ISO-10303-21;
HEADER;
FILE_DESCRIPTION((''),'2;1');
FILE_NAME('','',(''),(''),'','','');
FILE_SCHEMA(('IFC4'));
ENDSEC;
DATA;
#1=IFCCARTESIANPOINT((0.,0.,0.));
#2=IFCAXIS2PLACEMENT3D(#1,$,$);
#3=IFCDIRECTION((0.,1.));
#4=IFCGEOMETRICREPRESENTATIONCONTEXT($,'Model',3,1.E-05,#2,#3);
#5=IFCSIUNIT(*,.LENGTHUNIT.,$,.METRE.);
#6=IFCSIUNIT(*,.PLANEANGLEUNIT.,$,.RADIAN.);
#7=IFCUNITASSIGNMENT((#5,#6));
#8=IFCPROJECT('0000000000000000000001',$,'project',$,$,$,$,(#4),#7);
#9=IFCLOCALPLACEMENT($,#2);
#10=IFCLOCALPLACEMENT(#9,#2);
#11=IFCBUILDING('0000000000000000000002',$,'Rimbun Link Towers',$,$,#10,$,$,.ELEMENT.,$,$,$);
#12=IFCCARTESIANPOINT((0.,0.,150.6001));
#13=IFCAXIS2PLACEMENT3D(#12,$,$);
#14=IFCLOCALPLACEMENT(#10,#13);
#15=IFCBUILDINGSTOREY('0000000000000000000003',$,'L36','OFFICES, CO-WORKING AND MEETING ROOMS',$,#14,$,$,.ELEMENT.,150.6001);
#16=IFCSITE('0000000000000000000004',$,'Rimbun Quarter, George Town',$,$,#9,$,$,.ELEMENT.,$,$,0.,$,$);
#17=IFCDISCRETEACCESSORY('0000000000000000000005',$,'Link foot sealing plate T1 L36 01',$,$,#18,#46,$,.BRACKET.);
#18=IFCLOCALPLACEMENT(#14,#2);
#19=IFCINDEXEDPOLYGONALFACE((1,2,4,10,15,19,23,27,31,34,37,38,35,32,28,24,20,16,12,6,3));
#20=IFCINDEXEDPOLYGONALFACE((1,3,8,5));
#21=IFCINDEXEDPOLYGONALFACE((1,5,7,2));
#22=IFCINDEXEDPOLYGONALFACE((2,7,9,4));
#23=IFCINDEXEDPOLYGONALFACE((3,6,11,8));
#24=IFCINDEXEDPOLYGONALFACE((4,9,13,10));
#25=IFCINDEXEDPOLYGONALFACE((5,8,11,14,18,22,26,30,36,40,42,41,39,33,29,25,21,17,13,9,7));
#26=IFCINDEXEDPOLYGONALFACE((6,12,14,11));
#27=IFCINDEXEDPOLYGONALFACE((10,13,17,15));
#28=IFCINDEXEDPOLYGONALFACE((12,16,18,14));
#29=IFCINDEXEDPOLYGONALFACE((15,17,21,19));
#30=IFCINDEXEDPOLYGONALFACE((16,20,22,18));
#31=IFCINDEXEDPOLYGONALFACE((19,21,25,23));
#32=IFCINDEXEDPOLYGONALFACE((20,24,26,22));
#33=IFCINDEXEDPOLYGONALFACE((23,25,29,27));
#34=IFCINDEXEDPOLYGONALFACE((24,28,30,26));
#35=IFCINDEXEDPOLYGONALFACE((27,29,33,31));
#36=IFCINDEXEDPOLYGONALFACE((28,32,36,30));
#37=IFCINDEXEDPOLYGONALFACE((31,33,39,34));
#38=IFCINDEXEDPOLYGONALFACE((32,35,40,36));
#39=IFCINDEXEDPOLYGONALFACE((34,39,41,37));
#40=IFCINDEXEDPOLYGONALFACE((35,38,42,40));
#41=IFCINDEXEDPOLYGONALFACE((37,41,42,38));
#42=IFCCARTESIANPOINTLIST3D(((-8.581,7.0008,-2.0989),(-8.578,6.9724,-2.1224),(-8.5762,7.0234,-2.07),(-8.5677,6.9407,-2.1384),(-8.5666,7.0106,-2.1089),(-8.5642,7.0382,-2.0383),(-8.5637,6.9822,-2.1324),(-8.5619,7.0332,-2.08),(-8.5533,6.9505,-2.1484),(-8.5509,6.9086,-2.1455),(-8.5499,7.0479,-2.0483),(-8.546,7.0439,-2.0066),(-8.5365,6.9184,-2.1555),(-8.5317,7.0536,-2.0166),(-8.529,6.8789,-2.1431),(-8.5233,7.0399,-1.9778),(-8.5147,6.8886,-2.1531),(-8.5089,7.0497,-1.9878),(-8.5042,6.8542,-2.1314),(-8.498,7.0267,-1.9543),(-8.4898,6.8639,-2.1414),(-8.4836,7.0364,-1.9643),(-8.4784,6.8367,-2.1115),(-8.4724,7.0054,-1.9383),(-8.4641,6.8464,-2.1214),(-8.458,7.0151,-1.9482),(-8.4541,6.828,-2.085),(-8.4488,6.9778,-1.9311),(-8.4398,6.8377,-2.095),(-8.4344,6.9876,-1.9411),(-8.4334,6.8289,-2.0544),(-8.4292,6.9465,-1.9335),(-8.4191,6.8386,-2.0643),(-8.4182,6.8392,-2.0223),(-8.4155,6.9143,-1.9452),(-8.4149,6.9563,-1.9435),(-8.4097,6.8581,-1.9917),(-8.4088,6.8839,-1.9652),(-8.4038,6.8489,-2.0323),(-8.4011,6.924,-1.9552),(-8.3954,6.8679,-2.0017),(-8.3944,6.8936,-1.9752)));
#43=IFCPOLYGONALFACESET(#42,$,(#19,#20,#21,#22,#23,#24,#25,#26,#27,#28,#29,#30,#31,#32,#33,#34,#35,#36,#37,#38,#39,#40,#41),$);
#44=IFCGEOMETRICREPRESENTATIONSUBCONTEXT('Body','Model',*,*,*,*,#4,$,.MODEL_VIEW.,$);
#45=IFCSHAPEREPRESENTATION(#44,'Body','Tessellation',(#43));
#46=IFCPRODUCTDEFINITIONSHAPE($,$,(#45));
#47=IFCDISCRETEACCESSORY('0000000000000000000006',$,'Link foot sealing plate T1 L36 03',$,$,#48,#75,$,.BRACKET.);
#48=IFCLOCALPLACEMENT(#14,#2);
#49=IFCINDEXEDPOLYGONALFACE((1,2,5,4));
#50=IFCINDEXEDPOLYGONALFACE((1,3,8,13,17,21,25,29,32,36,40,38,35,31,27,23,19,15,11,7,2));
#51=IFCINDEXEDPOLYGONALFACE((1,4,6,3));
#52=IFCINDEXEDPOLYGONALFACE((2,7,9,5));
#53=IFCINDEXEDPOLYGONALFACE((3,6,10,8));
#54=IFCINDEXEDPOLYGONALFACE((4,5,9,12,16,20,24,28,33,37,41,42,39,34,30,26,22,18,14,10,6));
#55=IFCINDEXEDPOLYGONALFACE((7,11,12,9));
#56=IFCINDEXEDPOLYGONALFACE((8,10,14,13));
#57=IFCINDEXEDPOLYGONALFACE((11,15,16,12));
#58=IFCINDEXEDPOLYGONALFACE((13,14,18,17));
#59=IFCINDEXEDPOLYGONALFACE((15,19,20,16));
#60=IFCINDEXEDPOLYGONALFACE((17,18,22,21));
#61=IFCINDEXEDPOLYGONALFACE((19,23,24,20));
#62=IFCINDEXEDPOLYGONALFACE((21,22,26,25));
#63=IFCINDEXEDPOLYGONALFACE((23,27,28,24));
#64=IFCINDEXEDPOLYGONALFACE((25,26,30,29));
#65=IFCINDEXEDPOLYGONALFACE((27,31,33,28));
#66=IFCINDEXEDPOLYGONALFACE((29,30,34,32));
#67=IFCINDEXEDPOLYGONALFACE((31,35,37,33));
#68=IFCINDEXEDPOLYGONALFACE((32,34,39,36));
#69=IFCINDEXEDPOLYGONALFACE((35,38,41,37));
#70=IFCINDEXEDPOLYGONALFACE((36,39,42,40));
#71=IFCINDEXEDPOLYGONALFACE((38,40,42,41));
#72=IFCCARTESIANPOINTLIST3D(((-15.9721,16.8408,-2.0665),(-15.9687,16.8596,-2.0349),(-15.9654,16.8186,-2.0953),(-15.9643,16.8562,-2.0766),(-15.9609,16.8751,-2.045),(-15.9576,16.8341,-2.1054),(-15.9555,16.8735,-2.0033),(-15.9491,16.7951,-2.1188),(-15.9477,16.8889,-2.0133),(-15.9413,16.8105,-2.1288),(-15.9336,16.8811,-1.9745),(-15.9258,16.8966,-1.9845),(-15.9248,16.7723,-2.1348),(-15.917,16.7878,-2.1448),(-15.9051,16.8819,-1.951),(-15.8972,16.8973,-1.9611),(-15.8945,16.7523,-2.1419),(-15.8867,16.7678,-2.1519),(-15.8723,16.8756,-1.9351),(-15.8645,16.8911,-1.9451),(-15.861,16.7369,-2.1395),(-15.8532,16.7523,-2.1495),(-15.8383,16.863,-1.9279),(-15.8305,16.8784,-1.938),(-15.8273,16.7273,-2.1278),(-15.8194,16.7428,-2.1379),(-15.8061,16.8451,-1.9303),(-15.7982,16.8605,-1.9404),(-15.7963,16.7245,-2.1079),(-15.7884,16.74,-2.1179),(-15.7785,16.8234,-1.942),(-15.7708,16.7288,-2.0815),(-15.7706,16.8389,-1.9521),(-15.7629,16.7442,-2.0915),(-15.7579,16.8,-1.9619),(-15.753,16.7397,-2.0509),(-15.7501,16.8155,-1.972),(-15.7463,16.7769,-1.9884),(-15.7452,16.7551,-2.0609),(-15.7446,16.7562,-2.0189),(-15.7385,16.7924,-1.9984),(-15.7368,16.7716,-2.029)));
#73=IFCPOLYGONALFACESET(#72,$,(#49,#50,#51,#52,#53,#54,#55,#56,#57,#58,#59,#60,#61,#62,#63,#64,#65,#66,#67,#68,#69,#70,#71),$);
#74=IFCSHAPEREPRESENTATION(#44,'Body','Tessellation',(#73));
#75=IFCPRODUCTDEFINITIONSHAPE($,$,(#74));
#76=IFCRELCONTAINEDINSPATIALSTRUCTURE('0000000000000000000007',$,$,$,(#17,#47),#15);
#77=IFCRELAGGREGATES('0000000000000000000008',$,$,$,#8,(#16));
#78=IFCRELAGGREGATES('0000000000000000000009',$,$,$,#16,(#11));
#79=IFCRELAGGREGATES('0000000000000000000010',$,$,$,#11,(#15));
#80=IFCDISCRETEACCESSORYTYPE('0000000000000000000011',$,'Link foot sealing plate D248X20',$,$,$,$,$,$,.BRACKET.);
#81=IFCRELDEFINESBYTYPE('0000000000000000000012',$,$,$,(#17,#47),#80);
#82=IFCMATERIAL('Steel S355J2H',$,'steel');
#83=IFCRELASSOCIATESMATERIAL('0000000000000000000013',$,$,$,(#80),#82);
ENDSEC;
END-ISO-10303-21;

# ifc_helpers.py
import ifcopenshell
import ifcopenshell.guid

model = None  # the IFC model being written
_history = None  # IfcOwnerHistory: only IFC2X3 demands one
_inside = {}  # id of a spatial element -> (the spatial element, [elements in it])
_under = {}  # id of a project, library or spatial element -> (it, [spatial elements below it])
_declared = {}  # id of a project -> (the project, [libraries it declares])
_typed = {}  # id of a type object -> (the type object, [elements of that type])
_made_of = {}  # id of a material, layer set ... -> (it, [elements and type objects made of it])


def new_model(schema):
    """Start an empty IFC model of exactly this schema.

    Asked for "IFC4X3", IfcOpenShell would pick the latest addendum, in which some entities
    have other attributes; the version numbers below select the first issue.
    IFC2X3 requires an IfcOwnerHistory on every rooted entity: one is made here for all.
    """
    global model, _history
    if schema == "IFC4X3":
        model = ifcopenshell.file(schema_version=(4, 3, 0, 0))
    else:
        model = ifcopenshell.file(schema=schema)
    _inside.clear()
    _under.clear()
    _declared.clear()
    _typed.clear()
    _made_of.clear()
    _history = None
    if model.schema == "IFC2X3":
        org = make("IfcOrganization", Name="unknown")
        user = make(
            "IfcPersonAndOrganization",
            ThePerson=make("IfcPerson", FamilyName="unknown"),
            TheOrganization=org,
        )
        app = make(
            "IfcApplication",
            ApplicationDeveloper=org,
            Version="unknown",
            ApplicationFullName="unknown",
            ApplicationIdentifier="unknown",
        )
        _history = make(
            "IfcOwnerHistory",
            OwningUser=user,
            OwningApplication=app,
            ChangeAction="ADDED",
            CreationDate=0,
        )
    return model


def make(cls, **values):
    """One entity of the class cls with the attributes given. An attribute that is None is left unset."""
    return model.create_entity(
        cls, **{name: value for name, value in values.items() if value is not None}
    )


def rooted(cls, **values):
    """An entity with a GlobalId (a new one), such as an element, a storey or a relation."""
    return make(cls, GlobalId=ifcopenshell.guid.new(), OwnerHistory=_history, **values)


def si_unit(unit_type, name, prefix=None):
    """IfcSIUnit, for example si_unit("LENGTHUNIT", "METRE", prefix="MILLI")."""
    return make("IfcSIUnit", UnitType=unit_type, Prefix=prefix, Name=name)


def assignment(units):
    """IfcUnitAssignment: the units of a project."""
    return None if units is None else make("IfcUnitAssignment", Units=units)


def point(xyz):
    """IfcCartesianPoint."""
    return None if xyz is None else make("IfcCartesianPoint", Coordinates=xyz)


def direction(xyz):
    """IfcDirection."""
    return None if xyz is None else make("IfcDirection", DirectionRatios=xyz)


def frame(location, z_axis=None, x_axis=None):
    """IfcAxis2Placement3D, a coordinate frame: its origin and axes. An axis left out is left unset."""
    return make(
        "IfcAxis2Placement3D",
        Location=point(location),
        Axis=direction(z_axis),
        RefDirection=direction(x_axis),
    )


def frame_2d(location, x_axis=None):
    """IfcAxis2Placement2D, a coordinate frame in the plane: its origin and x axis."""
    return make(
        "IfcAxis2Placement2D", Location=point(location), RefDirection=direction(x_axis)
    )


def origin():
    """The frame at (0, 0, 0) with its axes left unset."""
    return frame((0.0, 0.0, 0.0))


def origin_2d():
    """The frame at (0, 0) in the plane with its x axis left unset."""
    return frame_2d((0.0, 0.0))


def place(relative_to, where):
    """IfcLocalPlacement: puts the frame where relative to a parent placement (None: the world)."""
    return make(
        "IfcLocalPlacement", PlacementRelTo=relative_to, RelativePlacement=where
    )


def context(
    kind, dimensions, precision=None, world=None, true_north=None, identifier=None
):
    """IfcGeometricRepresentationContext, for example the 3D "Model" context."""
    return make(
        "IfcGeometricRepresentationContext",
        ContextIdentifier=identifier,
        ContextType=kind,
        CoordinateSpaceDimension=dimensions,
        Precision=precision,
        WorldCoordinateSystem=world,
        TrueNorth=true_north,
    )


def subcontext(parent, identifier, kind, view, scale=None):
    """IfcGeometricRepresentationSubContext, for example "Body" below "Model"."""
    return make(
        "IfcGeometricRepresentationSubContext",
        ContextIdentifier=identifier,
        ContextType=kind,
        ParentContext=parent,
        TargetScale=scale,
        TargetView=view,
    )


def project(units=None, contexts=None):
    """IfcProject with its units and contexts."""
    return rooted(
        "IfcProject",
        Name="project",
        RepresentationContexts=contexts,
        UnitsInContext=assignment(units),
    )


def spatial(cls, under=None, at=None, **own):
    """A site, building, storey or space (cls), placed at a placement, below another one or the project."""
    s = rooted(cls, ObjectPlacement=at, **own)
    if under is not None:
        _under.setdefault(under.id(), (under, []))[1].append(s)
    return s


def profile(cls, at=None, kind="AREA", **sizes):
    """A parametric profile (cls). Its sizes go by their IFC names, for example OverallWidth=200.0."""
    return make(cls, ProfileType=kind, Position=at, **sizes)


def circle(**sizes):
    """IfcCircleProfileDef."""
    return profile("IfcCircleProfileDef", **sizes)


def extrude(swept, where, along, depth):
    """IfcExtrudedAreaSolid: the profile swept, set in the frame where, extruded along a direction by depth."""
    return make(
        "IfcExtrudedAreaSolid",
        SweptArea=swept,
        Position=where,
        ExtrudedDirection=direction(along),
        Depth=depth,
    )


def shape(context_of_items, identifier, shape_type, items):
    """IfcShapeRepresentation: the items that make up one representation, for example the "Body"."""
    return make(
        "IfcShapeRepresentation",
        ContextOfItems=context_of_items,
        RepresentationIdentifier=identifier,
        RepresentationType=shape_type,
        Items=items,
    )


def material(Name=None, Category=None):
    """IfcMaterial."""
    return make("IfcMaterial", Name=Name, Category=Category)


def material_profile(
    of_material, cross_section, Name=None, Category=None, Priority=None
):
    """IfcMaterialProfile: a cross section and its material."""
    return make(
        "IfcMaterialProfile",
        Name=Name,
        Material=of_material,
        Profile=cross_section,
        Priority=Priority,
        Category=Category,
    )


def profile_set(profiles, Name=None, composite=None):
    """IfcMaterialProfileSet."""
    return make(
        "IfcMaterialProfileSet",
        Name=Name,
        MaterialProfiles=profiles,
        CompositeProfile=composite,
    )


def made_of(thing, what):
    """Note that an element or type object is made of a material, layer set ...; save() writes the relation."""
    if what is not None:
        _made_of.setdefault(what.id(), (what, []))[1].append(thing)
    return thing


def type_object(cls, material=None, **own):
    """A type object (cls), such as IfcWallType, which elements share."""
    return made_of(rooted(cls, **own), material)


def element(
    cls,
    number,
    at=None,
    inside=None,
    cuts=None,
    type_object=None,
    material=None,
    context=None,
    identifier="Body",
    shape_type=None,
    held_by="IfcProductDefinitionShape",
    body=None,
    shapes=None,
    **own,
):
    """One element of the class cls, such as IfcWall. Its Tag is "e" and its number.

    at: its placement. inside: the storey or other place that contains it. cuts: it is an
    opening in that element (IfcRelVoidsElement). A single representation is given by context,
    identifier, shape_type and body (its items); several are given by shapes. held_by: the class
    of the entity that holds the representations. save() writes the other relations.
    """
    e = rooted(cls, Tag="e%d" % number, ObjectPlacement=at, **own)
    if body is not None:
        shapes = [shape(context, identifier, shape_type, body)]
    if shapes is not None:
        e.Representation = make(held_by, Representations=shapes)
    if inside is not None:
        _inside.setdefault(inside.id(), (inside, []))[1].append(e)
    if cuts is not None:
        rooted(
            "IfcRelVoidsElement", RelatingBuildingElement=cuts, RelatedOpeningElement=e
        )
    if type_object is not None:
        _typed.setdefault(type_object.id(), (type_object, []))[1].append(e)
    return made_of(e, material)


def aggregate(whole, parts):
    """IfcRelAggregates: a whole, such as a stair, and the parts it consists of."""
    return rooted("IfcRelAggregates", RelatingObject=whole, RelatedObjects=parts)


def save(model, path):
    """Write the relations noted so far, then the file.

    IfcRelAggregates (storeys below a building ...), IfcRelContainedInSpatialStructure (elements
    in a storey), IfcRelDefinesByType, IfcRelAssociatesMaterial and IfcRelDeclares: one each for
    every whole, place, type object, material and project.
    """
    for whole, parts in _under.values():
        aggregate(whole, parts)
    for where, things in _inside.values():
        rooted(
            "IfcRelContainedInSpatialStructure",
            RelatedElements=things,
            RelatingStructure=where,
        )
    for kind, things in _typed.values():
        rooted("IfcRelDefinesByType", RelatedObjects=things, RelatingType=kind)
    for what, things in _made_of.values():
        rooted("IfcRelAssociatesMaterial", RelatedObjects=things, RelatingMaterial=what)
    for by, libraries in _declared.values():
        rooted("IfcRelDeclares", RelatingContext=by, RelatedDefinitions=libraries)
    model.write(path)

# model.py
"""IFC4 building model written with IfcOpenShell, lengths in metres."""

from ifc_helpers import new_model, si_unit, direction, frame, origin, origin_2d, place, context, subcontext, project, spatial, circle, extrude, material, material_profile, profile_set, type_object, element, save


model = new_model("IFC4")

# Units and contexts
model_context = context("Model", 3, precision=1e-05, world=origin(), true_north=direction((0.0, 1.0)))
body_context = subcontext(model_context, "Body", "Model", "MODEL_VIEW")
ifc_project = project(units=[si_unit("LENGTHUNIT", "METRE"), si_unit("PLANEANGLEUNIT", "RADIAN")], contexts=[model_context])

# Site, building, storey
site_placement = place(None, origin())
site = spatial("IfcSite", under=ifc_project, at=site_placement, Name="Rimbun Quarter, George Town", CompositionType="ELEMENT", RefElevation=0.0)
building_placement = place(site_placement, origin())
building = spatial("IfcBuilding", under=site, at=building_placement, Name="Rimbun Link Towers", CompositionType="ELEMENT")
storey_placement = place(building_placement, frame((0.0, 0.0, 150.6001)))
storey = spatial("IfcBuildingStorey", under=building, at=storey_placement, Name="L36", Description="OFFICES, CO-WORKING AND MEETING ROOMS", CompositionType="ELEMENT", Elevation=150.6001)

# Discrete accessories
ifc_material_1 = material(Name="Steel S355J2H", Category="steel")
ifc_material_profile_1 = material_profile(ifc_material_1, circle(Radius=0.124, at=origin_2d()), Name="PL D248")
ifc_profile_set_1 = profile_set([ifc_material_profile_1], Name="Steel S355J2H")
discrete_accessory_type = type_object("IfcDiscreteAccessoryType", Name="Link foot sealing plate D248X20", PredefinedType="BRACKET", material=ifc_profile_set_1)
for number, where, z_axis, x_axis, name in (
    (1, (-8.4946, 6.9355, -2.0383), (0.717488, 0.486432, -0.498593), (-0.561158, 0.827708, 0.0), "Link foot sealing plate T1 L36 01"),
    (2, (-15.8582, 16.8035, -2.0349), (0.391703, 0.771165, -0.501869), (-0.891579, 0.452865, 0.0), "Link foot sealing plate T1 L36 03"),
):
    element("IfcDiscreteAccessory", number, at=place(storey_placement, frame(where, z_axis=z_axis, x_axis=x_axis)), inside=storey, type_object=discrete_accessory_type, Name=name, PredefinedType="BRACKET", context=body_context, shape_type="SweptSolid", body=[
        extrude(circle(Radius=0.124, at=origin_2d()), origin(), (0.0, 0.0, 1.0), 0.02),
    ])

save(model, "model.ifc")
